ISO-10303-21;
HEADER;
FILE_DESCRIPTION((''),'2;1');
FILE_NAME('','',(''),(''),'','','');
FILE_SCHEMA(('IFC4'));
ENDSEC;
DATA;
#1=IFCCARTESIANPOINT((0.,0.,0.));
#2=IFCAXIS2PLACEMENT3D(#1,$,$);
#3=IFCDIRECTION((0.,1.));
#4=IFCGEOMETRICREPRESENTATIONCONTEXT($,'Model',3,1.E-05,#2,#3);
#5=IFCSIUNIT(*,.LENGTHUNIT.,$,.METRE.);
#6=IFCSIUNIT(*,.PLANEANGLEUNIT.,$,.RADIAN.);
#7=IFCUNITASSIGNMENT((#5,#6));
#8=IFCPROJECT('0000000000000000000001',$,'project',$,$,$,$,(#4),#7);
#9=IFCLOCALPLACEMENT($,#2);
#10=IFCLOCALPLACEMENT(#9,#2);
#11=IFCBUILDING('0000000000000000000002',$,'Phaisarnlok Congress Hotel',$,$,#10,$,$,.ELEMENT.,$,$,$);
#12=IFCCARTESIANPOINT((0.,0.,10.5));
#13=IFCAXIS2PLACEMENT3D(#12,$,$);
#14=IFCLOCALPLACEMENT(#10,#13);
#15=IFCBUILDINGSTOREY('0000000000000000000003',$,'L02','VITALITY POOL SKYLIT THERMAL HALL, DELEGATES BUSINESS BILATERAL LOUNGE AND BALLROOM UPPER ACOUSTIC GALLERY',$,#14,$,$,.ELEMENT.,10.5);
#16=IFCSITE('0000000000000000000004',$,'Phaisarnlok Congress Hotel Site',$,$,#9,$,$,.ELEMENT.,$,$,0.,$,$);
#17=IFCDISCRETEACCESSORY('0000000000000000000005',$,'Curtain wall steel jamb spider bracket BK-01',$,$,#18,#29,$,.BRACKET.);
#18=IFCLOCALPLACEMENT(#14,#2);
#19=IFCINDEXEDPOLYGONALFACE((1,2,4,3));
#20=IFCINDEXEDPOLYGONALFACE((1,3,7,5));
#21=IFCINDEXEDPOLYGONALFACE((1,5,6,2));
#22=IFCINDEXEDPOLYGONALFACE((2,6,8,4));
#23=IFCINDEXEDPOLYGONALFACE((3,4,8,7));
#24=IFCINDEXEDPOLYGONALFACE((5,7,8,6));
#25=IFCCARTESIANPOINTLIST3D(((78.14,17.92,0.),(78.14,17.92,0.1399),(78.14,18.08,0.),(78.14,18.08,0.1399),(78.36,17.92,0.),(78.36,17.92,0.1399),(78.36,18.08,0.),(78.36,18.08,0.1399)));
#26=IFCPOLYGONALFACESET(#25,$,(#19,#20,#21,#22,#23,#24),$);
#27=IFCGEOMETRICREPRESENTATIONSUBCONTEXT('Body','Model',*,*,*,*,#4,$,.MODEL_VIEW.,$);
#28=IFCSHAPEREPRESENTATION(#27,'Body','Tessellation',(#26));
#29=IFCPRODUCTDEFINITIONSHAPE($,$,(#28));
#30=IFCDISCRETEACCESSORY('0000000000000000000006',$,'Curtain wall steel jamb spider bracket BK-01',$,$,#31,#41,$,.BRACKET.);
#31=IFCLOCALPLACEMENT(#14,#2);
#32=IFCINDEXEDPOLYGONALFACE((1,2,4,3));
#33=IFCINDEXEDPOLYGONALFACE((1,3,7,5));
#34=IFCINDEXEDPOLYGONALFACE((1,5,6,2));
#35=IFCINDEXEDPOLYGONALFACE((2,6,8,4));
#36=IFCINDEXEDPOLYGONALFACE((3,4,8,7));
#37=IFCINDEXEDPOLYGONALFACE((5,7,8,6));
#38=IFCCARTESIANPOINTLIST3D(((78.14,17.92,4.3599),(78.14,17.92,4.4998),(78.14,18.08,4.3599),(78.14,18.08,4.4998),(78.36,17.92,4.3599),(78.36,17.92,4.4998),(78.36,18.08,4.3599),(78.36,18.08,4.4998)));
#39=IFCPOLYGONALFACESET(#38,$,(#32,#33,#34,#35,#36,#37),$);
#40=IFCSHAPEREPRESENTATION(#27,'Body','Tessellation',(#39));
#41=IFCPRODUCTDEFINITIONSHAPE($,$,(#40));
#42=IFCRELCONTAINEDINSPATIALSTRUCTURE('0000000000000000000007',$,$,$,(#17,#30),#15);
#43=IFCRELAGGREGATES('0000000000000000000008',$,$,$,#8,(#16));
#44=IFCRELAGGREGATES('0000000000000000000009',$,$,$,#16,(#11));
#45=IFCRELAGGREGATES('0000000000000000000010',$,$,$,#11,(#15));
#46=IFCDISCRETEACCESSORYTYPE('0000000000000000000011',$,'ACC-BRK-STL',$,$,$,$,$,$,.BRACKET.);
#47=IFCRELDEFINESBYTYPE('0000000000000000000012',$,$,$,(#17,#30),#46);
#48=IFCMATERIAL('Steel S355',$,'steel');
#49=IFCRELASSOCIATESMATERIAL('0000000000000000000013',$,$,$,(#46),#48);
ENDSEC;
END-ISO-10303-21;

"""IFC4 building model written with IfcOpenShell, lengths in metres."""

from ifc_helpers import new_model, si_unit, direction, frame, origin, origin_2d, place, context, subcontext, project, spatial, rectangle, extrude, material, type_object, element, save


model = new_model("IFC4")

# Units and contexts
model_context = context("Model", 3, precision=1e-05, world=origin(), true_north=direction((0.0, 1.0)))
body_context = subcontext(model_context, "Body", "Model", "MODEL_VIEW")
ifc_project = project(units=[si_unit("LENGTHUNIT", "METRE"), si_unit("PLANEANGLEUNIT", "RADIAN")], contexts=[model_context])

# Site, building, storey
site_placement = place(None, origin())
site = spatial("IfcSite", under=ifc_project, at=site_placement, Name="Phaisarnlok Congress Hotel Site", CompositionType="ELEMENT", RefElevation=0.0)
building_placement = place(site_placement, origin())
building = spatial("IfcBuilding", under=site, at=building_placement, Name="Phaisarnlok Congress Hotel", CompositionType="ELEMENT")
storey_placement = place(building_placement, frame((0.0, 0.0, 10.5)))
storey = spatial("IfcBuildingStorey", under=building, at=storey_placement, Name="L02", Description="VITALITY POOL SKYLIT THERMAL HALL, DELEGATES BUSINESS BILATERAL LOUNGE AND BALLROOM UPPER ACOUSTIC GALLERY", CompositionType="ELEMENT", Elevation=10.5)

# Shared definitions
ifc_material_1 = material(Name="Steel S355", Category="steel")

# Discrete accessories
discrete_accessory_type = type_object("IfcDiscreteAccessoryType", Name="ACC-BRK-STL", PredefinedType="BRACKET", material=ifc_material_1)
for number, where, z_axis, x_axis, name in (
    (1, (78.25, 18.0, 0.0), (0.0, 0.0, 1.0), (1.0, 0.0, 0.0), "Curtain wall steel jamb spider bracket BK-01"),
    (2, (78.25, 18.0, 4.3599), (0.0, 0.0, 1.0), (1.0, 0.0, 0.0), "Curtain wall steel jamb spider bracket BK-01"),
):
    element("IfcDiscreteAccessory", number, at=place(storey_placement, frame(where, z_axis=z_axis, x_axis=x_axis)), inside=storey, type_object=discrete_accessory_type, Name=name, PredefinedType="BRACKET", context=body_context, shape_type="SweptSolid", body=[
        extrude(rectangle(XDim=0.22, YDim=0.1599, at=origin_2d()), origin(), (0.0, 0.0, 1.0), 0.1399),
    ])

save(model, "model.ifc")
